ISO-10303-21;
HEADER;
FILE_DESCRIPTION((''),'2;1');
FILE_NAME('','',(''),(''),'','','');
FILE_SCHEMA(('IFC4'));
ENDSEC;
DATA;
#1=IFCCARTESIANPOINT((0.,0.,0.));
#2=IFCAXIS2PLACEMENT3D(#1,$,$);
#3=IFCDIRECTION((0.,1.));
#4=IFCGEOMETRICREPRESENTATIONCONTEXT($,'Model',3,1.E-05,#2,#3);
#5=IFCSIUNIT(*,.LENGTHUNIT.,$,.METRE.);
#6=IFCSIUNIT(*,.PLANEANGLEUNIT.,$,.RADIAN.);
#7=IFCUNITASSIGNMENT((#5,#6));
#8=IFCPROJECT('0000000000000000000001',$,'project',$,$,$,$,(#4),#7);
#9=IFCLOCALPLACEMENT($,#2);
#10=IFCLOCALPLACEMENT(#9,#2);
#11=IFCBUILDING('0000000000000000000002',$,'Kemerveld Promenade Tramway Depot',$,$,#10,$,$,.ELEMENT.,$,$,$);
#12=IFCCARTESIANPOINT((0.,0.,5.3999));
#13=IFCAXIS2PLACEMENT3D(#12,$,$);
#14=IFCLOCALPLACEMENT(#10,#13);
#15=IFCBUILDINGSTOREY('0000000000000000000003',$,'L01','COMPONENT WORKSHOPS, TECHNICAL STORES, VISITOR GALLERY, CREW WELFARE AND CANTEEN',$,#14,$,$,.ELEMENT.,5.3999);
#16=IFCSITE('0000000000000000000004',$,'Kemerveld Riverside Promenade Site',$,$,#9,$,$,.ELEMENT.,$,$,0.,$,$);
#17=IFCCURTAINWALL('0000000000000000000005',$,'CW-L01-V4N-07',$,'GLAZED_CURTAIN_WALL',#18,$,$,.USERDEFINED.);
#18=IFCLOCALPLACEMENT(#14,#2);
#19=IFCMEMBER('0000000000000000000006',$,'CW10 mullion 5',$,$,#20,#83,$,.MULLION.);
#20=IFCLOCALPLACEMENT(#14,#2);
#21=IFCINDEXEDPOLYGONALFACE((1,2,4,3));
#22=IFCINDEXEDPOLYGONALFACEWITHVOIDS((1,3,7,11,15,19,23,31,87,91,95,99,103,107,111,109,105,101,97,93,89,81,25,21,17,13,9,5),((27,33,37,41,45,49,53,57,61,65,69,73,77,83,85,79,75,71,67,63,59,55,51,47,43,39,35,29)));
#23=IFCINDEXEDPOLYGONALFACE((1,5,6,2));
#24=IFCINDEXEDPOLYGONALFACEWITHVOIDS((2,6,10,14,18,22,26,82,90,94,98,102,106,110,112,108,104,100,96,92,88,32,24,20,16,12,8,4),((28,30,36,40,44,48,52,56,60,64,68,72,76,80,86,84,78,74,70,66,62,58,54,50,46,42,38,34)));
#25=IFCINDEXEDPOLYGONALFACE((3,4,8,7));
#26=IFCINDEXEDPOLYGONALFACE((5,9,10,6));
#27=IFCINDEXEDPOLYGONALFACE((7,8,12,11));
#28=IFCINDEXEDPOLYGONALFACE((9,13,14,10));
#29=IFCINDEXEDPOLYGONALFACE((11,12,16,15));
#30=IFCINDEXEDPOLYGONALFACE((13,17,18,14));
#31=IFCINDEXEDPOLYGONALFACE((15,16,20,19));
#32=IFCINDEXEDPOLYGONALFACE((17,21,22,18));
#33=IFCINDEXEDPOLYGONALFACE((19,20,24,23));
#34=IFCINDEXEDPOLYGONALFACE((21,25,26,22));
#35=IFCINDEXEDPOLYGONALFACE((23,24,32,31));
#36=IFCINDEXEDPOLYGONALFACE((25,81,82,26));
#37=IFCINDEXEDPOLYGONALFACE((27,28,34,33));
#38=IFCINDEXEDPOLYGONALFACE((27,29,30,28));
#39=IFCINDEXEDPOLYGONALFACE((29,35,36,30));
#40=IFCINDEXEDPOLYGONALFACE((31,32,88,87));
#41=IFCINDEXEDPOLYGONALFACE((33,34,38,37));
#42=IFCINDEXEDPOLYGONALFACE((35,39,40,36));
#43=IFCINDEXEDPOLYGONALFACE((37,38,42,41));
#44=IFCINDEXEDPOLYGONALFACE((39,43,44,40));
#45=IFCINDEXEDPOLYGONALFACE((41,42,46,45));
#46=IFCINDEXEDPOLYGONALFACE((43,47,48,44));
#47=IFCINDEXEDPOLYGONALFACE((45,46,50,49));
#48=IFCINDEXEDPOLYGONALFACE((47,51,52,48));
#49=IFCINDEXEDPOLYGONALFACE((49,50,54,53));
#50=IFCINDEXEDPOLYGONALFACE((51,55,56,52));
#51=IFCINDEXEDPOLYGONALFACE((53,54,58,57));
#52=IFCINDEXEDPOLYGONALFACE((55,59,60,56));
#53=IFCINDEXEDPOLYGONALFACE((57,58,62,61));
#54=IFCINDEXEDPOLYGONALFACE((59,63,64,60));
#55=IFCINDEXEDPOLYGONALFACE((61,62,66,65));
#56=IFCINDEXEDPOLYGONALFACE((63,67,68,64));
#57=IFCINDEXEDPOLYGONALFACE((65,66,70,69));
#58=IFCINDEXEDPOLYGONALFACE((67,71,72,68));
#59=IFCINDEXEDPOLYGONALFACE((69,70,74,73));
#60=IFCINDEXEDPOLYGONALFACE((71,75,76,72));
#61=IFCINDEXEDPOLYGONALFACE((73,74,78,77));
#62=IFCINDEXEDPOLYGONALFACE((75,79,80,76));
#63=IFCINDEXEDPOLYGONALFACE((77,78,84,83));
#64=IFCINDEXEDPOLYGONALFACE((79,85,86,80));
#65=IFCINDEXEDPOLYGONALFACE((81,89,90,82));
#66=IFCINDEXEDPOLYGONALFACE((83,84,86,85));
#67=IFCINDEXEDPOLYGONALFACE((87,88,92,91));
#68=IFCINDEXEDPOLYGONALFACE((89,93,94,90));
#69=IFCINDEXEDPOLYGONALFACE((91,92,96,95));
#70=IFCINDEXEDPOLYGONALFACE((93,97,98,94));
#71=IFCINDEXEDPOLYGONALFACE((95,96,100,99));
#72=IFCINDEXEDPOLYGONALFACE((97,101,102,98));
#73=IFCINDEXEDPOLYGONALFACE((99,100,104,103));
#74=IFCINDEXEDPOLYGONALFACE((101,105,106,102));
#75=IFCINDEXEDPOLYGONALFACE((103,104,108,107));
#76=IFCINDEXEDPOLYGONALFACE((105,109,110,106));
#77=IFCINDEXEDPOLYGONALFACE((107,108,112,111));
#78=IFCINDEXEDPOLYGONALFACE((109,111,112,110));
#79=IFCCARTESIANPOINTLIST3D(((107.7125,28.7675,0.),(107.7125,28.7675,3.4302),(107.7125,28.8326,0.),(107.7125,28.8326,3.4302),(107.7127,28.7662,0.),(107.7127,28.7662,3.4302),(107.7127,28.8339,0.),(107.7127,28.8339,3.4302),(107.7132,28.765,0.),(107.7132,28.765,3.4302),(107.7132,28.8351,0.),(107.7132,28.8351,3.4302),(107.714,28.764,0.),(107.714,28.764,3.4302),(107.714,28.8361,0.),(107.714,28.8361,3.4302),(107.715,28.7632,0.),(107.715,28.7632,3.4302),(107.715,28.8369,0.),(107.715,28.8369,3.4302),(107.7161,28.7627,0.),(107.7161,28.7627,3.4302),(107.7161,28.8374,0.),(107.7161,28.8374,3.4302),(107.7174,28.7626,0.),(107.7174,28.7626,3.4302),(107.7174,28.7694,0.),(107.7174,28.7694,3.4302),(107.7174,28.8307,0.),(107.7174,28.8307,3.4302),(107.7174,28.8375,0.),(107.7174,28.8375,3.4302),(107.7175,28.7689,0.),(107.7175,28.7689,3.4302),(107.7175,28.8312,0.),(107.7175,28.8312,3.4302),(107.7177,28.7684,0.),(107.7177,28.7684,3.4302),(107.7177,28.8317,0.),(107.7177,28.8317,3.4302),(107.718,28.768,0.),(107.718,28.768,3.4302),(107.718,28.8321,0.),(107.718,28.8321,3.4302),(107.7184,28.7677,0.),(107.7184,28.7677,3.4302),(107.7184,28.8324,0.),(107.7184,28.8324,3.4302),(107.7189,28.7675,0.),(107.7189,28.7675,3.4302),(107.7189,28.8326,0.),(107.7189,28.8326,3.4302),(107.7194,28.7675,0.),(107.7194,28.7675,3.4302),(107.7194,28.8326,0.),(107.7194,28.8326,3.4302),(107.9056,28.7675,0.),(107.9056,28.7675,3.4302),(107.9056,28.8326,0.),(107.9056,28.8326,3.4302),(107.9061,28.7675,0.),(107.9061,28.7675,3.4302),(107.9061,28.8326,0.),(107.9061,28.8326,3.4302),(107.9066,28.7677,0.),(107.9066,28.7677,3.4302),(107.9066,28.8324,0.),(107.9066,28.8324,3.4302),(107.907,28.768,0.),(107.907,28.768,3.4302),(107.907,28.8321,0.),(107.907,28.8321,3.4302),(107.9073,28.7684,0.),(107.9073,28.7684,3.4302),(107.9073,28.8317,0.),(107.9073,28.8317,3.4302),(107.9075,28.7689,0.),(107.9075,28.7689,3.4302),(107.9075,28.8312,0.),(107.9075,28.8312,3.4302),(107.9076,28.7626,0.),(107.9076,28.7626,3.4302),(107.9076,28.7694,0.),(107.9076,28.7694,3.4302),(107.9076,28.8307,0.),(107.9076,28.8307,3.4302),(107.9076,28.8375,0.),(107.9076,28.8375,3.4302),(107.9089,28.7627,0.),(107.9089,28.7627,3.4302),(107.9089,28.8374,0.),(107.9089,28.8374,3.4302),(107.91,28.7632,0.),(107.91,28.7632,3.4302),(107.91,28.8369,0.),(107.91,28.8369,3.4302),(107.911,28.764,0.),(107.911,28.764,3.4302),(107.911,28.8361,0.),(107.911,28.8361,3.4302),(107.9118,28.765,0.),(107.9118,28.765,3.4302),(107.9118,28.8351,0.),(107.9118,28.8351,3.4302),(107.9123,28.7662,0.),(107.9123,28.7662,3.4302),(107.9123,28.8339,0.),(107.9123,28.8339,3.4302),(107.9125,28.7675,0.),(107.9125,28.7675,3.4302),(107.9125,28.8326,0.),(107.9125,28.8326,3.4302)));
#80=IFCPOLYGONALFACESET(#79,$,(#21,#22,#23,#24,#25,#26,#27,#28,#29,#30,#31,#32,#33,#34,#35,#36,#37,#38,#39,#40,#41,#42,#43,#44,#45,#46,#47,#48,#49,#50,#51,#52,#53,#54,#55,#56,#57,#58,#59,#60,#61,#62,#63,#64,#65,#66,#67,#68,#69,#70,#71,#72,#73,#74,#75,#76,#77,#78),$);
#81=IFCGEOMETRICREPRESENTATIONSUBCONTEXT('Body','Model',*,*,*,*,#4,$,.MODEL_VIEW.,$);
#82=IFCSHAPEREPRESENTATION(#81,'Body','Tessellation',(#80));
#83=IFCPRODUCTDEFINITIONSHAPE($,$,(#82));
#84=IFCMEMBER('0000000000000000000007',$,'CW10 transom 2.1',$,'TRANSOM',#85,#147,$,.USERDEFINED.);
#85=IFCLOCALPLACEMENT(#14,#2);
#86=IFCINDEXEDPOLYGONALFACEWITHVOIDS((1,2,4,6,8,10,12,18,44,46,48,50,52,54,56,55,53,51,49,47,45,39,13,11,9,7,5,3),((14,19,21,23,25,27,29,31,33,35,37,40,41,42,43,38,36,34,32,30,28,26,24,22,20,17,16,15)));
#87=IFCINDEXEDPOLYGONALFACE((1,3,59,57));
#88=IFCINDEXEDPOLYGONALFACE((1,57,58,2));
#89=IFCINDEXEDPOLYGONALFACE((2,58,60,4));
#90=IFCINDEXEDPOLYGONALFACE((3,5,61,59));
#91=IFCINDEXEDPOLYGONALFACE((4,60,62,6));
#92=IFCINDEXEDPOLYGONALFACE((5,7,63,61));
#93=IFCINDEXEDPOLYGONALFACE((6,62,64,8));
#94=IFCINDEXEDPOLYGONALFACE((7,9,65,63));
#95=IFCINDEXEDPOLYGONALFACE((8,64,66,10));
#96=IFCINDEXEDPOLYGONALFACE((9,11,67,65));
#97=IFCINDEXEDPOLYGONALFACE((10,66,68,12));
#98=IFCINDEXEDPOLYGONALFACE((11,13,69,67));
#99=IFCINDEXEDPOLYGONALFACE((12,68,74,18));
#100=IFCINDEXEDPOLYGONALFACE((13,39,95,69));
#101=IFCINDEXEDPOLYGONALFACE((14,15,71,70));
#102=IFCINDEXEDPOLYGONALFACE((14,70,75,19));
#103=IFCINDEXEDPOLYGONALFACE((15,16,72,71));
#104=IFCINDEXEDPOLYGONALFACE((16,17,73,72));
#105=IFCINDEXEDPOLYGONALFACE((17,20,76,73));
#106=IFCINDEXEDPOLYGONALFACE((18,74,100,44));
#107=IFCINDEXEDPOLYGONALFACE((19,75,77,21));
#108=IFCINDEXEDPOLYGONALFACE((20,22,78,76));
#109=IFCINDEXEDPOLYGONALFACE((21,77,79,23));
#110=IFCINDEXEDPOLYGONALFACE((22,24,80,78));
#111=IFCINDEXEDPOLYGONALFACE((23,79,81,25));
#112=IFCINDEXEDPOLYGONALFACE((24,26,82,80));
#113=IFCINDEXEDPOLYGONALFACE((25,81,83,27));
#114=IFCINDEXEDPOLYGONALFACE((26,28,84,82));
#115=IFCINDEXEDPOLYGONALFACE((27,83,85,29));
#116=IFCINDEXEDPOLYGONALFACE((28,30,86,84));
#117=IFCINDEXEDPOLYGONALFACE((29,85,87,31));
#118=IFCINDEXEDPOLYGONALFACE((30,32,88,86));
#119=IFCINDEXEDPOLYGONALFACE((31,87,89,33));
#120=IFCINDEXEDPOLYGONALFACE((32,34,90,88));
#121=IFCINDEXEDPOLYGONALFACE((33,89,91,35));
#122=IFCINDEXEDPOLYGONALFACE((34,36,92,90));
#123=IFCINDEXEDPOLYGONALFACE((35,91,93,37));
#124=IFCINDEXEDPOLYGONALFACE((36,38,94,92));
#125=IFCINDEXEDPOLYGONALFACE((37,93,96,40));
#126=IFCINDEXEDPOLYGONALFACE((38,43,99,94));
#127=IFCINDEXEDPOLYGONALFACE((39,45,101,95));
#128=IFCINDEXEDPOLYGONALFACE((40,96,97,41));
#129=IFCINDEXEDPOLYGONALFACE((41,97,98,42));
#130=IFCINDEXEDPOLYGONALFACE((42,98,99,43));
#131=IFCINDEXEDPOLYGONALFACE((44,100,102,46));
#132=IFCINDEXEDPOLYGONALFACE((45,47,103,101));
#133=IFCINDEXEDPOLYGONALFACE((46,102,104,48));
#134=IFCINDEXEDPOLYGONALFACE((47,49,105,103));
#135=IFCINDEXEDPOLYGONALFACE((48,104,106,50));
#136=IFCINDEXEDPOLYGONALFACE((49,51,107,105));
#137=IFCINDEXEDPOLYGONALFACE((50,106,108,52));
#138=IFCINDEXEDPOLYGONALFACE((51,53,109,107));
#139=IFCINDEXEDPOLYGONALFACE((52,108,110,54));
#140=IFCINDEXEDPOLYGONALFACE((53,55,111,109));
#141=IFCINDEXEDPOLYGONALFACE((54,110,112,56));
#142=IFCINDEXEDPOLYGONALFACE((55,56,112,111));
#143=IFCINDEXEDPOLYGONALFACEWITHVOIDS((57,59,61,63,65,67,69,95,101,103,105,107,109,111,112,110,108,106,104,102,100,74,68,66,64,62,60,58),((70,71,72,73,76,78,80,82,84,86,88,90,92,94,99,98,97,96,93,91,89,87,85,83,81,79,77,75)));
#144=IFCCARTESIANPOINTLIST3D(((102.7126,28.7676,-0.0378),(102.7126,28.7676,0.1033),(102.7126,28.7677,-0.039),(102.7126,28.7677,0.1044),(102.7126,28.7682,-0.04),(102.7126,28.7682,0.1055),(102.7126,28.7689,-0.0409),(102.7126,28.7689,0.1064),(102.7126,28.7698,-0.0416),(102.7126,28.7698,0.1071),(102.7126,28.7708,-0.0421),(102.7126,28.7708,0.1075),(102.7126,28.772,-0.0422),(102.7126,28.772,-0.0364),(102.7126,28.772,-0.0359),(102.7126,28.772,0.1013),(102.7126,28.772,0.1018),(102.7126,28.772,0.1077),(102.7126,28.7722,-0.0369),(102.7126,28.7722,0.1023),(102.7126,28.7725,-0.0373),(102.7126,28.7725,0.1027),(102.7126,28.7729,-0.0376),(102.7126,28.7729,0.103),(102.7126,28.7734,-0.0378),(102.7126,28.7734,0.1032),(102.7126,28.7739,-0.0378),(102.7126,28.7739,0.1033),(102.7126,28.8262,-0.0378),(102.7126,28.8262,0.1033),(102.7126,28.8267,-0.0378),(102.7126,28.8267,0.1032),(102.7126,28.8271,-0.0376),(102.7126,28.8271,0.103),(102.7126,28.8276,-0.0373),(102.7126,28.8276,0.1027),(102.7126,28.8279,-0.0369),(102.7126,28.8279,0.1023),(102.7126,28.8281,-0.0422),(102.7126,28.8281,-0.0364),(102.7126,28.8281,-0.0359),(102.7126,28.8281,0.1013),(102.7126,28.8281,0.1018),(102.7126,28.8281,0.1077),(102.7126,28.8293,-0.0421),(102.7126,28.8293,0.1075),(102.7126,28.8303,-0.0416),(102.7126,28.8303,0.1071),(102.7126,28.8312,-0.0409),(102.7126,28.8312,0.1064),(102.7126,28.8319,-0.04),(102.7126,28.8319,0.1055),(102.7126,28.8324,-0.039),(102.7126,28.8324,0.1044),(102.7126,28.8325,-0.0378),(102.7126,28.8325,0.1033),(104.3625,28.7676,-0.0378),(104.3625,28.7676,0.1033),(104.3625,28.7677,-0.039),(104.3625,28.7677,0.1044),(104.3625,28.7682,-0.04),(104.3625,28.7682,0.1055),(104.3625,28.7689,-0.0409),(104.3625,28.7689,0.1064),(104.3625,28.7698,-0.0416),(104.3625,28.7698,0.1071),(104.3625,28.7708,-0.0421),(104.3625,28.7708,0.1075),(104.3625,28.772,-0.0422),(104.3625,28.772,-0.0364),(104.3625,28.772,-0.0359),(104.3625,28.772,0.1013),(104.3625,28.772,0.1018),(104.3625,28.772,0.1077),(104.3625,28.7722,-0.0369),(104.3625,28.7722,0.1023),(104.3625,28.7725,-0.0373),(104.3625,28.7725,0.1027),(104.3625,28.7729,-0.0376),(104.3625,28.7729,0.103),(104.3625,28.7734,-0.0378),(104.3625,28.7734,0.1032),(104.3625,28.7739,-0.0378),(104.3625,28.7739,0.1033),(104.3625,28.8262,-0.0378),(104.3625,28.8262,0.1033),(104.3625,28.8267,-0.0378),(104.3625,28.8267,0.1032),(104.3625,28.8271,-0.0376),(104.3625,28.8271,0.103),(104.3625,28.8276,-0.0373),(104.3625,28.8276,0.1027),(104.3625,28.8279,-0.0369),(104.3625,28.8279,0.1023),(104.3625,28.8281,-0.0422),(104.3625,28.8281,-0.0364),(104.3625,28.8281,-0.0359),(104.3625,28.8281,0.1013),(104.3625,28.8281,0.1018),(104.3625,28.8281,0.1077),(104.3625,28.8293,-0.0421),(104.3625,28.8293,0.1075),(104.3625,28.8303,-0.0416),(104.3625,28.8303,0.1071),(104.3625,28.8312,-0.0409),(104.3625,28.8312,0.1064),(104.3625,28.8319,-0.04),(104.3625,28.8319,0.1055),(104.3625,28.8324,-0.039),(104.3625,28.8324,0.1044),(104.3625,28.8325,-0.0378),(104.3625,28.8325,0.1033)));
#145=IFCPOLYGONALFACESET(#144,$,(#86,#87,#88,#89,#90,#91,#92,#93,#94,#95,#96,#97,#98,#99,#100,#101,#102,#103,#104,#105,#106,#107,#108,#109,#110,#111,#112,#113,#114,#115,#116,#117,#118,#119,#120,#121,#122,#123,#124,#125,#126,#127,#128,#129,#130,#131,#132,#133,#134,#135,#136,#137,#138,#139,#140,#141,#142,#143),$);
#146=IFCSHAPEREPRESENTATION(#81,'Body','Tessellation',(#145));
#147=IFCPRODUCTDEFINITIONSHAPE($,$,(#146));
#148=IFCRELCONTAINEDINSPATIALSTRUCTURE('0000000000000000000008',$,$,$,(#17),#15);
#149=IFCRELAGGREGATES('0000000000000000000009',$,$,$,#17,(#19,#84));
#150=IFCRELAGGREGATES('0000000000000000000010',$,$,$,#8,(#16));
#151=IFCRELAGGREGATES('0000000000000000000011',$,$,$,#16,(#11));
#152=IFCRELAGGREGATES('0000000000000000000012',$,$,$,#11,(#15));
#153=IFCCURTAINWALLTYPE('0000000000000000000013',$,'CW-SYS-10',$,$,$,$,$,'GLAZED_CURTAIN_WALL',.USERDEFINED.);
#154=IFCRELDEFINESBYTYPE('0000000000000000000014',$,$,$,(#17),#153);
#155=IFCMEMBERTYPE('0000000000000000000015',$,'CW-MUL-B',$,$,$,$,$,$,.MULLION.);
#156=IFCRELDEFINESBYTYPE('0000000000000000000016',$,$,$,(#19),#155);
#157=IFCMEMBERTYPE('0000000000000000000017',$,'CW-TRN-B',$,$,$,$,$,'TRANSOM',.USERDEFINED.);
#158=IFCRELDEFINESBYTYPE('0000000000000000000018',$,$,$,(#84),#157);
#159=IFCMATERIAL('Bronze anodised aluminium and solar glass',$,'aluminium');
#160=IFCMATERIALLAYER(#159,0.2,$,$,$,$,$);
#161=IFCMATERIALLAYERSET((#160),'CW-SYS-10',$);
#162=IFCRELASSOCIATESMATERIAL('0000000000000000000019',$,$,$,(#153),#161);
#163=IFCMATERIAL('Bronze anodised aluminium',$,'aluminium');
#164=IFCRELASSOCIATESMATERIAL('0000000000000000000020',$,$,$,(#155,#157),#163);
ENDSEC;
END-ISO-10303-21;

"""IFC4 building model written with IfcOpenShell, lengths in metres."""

from ifc_helpers import new_model, si_unit, direction, frame, origin, origin_2d, place, context, subcontext, project, spatial, hollow_rectangle, extrude, material, layer, layer_set, material_profile, profile_set, type_object, element, aggregate, save


model = new_model("IFC4")

# Units and contexts
model_context = context("Model", 3, precision=1e-05, world=origin(), true_north=direction((0.0, 1.0)))
body_context = subcontext(model_context, "Body", "Model", "MODEL_VIEW")
ifc_project = project(units=[si_unit("LENGTHUNIT", "METRE"), si_unit("PLANEANGLEUNIT", "RADIAN")], contexts=[model_context])

# Site, building, storey
site_placement = place(None, origin())
site = spatial("IfcSite", under=ifc_project, at=site_placement, Name="Kemerveld Riverside Promenade Site", CompositionType="ELEMENT", RefElevation=0.0)
building_placement = place(site_placement, origin())
building = spatial("IfcBuilding", under=site, at=building_placement, Name="Kemerveld Promenade Tramway Depot", CompositionType="ELEMENT")
storey_placement = place(building_placement, frame((0.0, 0.0, 5.3999)))
storey = spatial("IfcBuildingStorey", under=building, at=storey_placement, Name="L01", Description="COMPONENT WORKSHOPS, TECHNICAL STORES, VISITOR GALLERY, CREW WELFARE AND CANTEEN", CompositionType="ELEMENT", Elevation=5.3999)

# Curtain wall, members
ifc_material_1 = material(Name="Bronze anodised aluminium and solar glass", Category="aluminium")
ifc_layer_1 = layer(ifc_material_1, 0.2)
ifc_layer_set_1 = layer_set([ifc_layer_1], Name="CW-SYS-10")
curtain_wall_type = type_object("IfcCurtainWallType", Name="CW-SYS-10", ElementType="GLAZED_CURTAIN_WALL", PredefinedType="USERDEFINED", material=ifc_layer_set_1)
curtain_wall_placement = place(storey_placement, origin())
curtain_wall = element("IfcCurtainWall", 1, at=curtain_wall_placement, inside=storey, type_object=curtain_wall_type, Name="CW-L01-V4N-07", ObjectType="GLAZED_CURTAIN_WALL", PredefinedType="USERDEFINED")
ifc_material_2 = material(Name="Bronze anodised aluminium", Category="aluminium")
ifc_material_profile_1 = material_profile(ifc_material_2, hollow_rectangle(XDim=0.075, YDim=0.2, WallThickness=0.0049, InnerFilletRadius=0.002, OuterFilletRadius=0.0049, at=origin_2d()), Name="CW-MUL-200x75")
ifc_profile_set_1 = profile_set([ifc_material_profile_1], Name="Bronze anodised aluminium")
member_type_1 = type_object("IfcMemberType", Name="CW-MUL-B", PredefinedType="MULLION", material=ifc_profile_set_1)
member_1_placement = place(storey_placement, frame((107.8125, 28.8, 0.0), z_axis=(0.0, 0.0, 1.0), x_axis=(0.0, 1.0, 0.0)))
member_1 = element("IfcMember", 2, at=member_1_placement, type_object=member_type_1, Name="CW10 mullion 5", PredefinedType="MULLION", context=body_context, shape_type="SweptSolid", body=[
    extrude(hollow_rectangle(XDim=0.075, YDim=0.2, WallThickness=0.0049, InnerFilletRadius=0.002, OuterFilletRadius=0.0049, at=origin_2d()), origin(), (0.0, 0.0, 1.0), 3.4302),
])
ifc_material_profile_2 = material_profile(ifc_material_2, hollow_rectangle(XDim=0.0649, YDim=0.1499, WallThickness=0.0044, InnerFilletRadius=0.002, OuterFilletRadius=0.0044, at=origin_2d()), Name="CW-TRN-150x65")
ifc_profile_set_2 = profile_set([ifc_material_profile_2], Name="Bronze anodised aluminium")
member_type_2 = type_object("IfcMemberType", Name="CW-TRN-B", ElementType="TRANSOM", PredefinedType="USERDEFINED", material=ifc_profile_set_2)
member_2_placement = place(storey_placement, frame((102.7126, 28.8, 0.0327), z_axis=(1.0, 0.0, 0.0), x_axis=(0.0, 1.0, 0.0)))
member_2 = element("IfcMember", 3, at=member_2_placement, type_object=member_type_2, Name="CW10 transom 2.1", ObjectType="TRANSOM", PredefinedType="USERDEFINED", context=body_context, shape_type="SweptSolid", body=[
    extrude(hollow_rectangle(XDim=0.0649, YDim=0.1499, WallThickness=0.0044, InnerFilletRadius=0.002, OuterFilletRadius=0.0044, at=origin_2d()), origin(), (0.0, 0.0, 1.0), 1.6499),
])
aggregate(curtain_wall, [member_1, member_2])

save(model, "model.ifc")
